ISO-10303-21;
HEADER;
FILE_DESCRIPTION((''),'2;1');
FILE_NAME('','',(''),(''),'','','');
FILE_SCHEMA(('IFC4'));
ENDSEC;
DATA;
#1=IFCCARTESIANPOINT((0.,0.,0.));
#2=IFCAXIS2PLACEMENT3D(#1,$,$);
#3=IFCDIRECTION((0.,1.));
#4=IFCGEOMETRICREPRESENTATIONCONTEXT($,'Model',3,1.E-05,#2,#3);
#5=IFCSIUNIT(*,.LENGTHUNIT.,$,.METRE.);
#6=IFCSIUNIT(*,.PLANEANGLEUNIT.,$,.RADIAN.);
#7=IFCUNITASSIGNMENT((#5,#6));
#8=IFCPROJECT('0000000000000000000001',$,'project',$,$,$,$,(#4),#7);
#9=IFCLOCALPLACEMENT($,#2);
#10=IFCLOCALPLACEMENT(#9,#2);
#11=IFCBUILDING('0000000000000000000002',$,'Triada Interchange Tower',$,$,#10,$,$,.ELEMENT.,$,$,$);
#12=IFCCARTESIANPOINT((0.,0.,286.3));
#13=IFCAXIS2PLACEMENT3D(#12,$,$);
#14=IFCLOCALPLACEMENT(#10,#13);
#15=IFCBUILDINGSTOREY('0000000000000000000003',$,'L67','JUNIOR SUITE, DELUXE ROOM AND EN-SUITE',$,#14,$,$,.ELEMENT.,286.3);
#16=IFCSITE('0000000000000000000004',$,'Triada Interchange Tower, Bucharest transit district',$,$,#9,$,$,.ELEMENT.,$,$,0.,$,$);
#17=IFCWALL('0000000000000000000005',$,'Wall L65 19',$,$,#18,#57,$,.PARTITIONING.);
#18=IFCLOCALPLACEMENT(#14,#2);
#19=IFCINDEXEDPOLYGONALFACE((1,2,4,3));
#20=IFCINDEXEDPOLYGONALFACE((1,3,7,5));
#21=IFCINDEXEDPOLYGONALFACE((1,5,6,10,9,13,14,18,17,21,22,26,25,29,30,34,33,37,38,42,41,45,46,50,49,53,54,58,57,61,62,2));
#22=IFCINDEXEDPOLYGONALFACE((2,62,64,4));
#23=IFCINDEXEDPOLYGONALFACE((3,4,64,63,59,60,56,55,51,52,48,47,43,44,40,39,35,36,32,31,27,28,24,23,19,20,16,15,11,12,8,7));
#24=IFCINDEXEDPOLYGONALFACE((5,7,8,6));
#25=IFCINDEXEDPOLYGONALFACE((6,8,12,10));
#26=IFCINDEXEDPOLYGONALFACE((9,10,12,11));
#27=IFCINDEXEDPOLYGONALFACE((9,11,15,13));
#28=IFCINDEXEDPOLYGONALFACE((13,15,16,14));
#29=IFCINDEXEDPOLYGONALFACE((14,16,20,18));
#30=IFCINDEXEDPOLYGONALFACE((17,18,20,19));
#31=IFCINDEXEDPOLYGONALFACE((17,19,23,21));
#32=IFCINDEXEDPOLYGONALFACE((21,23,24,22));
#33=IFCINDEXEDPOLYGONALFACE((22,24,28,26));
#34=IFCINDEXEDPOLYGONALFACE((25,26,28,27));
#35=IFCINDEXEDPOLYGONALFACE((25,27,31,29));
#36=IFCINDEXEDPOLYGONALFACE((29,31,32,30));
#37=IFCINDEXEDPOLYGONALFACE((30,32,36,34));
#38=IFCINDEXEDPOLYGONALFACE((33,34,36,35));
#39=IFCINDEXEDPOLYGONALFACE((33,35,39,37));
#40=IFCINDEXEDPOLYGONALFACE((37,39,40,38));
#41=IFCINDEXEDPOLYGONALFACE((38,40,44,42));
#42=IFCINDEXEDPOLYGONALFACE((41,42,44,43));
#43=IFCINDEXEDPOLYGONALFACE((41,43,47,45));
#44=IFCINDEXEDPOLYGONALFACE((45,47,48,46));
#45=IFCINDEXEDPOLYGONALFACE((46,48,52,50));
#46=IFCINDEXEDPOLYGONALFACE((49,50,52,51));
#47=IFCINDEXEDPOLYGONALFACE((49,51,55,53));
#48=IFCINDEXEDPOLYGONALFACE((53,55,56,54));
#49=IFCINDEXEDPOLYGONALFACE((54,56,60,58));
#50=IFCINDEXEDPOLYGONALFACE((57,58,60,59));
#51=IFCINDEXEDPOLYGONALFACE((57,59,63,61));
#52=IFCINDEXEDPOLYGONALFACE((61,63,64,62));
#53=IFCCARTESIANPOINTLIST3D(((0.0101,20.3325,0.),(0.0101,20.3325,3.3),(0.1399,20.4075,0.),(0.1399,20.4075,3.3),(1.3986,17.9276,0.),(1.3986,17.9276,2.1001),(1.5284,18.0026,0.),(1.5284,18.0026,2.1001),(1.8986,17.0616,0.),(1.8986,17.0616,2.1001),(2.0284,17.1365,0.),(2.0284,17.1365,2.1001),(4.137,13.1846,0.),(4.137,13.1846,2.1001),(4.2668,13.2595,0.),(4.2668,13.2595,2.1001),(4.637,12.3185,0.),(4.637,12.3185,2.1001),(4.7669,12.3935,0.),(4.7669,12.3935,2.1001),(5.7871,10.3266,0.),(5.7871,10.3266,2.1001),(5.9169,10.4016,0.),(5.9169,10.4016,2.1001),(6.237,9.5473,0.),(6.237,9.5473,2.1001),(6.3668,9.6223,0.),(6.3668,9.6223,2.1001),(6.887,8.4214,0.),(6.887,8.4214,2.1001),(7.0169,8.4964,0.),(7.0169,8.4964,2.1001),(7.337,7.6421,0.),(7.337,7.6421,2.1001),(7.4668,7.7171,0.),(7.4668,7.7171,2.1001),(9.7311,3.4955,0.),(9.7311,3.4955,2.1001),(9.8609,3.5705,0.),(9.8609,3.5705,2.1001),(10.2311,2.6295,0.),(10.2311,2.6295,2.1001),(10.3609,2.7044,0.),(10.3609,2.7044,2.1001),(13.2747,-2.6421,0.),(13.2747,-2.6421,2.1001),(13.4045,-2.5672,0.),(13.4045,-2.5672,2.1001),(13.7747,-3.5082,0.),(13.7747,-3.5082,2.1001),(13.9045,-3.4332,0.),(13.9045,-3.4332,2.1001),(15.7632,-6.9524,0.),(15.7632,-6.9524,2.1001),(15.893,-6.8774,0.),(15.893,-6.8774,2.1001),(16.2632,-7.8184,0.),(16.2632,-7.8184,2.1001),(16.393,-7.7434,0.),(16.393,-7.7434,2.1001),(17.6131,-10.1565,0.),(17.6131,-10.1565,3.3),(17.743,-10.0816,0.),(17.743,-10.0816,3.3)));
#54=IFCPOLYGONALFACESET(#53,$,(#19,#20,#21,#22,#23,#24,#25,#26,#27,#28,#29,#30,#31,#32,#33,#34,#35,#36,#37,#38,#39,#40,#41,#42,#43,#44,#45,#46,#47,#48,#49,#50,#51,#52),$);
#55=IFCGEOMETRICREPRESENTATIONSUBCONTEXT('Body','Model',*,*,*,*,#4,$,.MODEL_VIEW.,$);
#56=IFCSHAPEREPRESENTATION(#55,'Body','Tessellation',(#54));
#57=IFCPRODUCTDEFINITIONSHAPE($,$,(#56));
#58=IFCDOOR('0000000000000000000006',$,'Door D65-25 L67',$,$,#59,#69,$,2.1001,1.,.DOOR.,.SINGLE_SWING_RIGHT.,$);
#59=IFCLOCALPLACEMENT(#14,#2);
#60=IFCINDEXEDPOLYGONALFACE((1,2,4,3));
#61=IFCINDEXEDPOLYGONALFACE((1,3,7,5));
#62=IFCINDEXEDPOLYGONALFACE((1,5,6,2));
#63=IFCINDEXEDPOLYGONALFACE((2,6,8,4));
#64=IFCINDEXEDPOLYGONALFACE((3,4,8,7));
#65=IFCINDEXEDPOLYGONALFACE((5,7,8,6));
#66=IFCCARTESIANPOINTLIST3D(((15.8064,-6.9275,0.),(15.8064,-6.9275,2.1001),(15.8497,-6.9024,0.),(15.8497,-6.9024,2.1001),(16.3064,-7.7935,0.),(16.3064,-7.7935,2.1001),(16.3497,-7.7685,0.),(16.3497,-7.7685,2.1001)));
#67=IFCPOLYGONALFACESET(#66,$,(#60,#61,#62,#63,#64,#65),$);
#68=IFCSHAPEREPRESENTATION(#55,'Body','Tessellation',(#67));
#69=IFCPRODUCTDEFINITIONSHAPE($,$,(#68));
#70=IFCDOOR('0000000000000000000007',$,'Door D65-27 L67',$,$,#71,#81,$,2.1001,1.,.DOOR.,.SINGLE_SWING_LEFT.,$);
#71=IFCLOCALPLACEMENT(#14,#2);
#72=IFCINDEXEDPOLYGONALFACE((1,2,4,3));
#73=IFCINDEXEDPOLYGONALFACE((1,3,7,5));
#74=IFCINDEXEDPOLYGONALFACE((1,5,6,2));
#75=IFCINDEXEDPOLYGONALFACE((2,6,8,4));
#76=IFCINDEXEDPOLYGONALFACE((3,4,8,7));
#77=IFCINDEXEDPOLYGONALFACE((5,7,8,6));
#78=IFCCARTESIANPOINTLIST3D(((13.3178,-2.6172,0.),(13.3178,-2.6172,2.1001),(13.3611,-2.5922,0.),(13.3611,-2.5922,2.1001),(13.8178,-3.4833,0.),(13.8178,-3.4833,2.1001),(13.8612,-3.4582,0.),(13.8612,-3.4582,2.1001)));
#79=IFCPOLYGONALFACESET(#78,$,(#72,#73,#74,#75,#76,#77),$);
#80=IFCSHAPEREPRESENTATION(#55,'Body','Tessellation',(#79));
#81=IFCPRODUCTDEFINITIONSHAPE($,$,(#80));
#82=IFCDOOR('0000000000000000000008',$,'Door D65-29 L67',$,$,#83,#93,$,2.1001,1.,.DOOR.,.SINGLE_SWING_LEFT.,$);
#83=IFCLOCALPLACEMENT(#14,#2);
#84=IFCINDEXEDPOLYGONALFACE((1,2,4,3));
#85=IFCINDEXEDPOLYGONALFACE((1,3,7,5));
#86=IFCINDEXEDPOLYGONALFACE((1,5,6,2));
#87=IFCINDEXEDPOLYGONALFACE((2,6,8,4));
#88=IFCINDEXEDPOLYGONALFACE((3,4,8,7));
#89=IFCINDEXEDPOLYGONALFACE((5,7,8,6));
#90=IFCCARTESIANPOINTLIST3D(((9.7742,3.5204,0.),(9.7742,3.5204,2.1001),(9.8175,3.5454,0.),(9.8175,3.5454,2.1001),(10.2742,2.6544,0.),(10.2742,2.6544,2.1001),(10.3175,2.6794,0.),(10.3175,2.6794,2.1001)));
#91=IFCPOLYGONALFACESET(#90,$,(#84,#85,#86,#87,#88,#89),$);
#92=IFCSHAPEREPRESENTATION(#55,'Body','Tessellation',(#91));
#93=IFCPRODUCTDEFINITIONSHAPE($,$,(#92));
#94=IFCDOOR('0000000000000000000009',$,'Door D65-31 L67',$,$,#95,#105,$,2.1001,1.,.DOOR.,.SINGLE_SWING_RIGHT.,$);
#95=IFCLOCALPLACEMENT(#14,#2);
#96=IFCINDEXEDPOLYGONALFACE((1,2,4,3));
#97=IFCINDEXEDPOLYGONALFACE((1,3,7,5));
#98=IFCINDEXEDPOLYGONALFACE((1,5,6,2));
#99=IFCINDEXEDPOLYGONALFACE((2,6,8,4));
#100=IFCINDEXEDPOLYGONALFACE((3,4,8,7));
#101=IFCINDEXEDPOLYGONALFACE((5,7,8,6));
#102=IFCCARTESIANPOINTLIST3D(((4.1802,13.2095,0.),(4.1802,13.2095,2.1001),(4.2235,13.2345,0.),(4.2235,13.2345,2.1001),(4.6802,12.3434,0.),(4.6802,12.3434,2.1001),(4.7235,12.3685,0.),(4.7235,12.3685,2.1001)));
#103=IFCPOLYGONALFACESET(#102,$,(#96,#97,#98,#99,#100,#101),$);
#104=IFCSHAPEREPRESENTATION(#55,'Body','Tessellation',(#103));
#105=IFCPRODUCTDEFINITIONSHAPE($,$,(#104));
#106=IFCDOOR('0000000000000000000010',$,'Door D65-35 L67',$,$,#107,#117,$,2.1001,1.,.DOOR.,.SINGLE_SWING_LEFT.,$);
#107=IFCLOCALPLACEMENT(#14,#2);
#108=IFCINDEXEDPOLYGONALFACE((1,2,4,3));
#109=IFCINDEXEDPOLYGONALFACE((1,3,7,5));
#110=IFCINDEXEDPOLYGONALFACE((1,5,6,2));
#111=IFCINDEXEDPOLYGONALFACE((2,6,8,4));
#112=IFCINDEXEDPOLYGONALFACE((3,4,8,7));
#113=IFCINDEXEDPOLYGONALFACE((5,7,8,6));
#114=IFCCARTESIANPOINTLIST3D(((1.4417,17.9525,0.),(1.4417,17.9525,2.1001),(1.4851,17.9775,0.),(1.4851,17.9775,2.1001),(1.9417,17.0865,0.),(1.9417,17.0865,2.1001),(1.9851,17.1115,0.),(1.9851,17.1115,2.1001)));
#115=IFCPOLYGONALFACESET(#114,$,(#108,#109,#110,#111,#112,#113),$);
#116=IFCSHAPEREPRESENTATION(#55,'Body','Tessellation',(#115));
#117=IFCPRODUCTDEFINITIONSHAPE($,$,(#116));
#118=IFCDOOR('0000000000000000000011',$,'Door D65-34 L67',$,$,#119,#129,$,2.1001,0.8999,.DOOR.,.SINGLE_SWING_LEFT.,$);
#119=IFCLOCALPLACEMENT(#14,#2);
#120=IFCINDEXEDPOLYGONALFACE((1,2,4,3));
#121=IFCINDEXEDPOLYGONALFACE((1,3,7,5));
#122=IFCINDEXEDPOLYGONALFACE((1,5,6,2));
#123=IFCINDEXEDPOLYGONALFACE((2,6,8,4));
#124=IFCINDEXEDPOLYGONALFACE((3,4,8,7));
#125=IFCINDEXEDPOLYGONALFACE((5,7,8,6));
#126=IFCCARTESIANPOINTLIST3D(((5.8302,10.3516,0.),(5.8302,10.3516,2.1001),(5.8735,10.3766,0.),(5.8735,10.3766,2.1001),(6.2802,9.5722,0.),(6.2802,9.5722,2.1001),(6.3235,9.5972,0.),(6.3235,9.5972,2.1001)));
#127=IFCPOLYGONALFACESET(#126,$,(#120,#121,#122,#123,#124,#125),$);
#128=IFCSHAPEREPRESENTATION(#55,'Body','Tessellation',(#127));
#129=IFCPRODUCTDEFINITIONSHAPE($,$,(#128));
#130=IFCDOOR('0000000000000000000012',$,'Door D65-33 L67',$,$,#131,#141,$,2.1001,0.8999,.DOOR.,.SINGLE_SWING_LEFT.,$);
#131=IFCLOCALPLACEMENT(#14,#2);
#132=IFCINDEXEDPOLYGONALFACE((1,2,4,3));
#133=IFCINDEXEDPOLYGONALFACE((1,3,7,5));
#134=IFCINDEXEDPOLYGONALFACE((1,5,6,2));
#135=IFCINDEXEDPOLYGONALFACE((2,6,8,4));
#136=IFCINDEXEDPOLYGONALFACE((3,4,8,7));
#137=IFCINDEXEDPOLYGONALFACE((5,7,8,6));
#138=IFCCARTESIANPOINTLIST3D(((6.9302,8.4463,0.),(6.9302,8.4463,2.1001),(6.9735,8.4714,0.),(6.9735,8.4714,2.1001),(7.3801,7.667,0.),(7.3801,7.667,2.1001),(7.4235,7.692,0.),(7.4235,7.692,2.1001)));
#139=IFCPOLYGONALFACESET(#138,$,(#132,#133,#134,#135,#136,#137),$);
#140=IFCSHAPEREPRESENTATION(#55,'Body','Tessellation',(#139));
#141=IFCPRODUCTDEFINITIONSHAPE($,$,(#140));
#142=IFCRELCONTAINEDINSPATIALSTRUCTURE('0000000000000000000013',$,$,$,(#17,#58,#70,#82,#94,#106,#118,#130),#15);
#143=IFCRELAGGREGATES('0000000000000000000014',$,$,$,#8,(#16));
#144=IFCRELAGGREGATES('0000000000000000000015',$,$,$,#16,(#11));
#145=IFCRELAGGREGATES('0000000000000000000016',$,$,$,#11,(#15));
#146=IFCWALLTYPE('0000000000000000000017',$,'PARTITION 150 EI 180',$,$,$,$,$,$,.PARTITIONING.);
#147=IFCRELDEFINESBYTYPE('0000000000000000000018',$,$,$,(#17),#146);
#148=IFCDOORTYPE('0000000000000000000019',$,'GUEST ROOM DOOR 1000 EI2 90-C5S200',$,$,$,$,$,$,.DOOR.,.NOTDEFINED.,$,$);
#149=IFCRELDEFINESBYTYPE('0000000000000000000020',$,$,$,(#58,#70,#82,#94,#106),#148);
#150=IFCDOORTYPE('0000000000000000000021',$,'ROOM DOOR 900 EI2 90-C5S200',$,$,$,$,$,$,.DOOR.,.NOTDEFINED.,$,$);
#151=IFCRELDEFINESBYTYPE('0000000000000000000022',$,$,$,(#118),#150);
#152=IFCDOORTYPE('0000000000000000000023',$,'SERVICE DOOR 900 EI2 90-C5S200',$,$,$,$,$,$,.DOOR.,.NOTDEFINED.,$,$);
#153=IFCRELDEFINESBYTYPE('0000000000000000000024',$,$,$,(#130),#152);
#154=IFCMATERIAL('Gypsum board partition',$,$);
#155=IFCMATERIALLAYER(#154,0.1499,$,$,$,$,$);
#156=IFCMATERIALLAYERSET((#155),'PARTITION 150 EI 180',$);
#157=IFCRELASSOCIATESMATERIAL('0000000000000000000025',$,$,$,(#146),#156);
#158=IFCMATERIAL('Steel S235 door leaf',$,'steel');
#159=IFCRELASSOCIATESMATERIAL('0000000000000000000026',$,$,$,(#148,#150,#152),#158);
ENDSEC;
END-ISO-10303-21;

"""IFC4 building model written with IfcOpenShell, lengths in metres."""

from ifc_helpers import new_model, si_unit, direction, frame, frame_2d, origin, place, context, subcontext, project, spatial, rectangle, extrude, material, layer, layer_set, type_object, element, fill, save


model = new_model("IFC4")

# Units and contexts
model_context = context("Model", 3, precision=1e-05, world=origin(), true_north=direction((0.0, 1.0)))
body_context = subcontext(model_context, "Body", "Model", "MODEL_VIEW")
ifc_project = project(units=[si_unit("LENGTHUNIT", "METRE"), si_unit("PLANEANGLEUNIT", "RADIAN")], contexts=[model_context])

# Site, building, storey
site_placement = place(None, origin())
site = spatial("IfcSite", under=ifc_project, at=site_placement, Name="Triada Interchange Tower, Bucharest transit district", CompositionType="ELEMENT", RefElevation=0.0)
building_placement = place(site_placement, origin())
building = spatial("IfcBuilding", under=site, at=building_placement, Name="Triada Interchange Tower", CompositionType="ELEMENT")
storey_placement = place(building_placement, frame((0.0, 0.0, 286.3)))
storey = spatial("IfcBuildingStorey", under=building, at=storey_placement, Name="L67", Description="JUNIOR SUITE, DELUXE ROOM AND EN-SUITE", CompositionType="ELEMENT", Elevation=286.3)

# Shared definitions
ifc_material_1 = material(Name="Gypsum board partition")
ifc_layer_1 = layer(ifc_material_1, 0.1499)
ifc_layer_set_1 = layer_set([ifc_layer_1], Name="PARTITION 150 EI 180")
wall_type_1 = type_object("IfcWallType", Name="PARTITION 150 EI 180", PredefinedType="PARTITIONING", material=ifc_layer_set_1)

# Wall, openings, doors
wall_1_placement = place(storey_placement, frame((0.075, 20.3701, 0.0), z_axis=(0.0, 0.0, 1.0), x_axis=(0.500004, -0.866023, 0.0)))
wall_1 = element("IfcWall", 1, at=wall_1_placement, inside=storey, type_object=wall_type_1, Name="Wall L65 19", PredefinedType="PARTITIONING", context=body_context, shape_type="SweptSolid", body=[
    extrude(rectangle(XDim=35.2058, YDim=0.1499, at=frame_2d((17.603, 0.0))), origin(), (0.0, 0.0, 1.0), 3.3),
])
opening_1_placement = place(wall_1_placement, frame((31.5061, 0.0, 0.0)))
opening_1 = element("IfcOpeningElement", 2, at=opening_1_placement, cuts=wall_1, PredefinedType="OPENING", context=body_context, shape_type="SweptSolid", body=[
    extrude(rectangle(XDim=1.0, YDim=2.1001, at=frame_2d((0.5, 1.05))), frame((0.0, 0.085, 0.0), z_axis=(0.0, -1.0, 0.0), x_axis=(1.0, 0.0, 0.0)), (0.0, 0.0, 1.0), 0.1699),
])
opening_2_placement = place(wall_1_placement, frame((26.5291, 0.0, 0.0)))
opening_2 = element("IfcOpeningElement", 3, at=opening_2_placement, cuts=wall_1, PredefinedType="OPENING", context=body_context, shape_type="SweptSolid", body=[
    extrude(rectangle(XDim=1.0, YDim=2.1001, at=frame_2d((0.5, 1.05))), frame((0.0, 0.085, 0.0), z_axis=(0.0, -1.0, 0.0), x_axis=(1.0, 0.0, 0.0)), (0.0, 0.0, 1.0), 0.1699),
])
opening_3_placement = place(wall_1_placement, frame((19.4419, 0.0, 0.0)))
opening_3 = element("IfcOpeningElement", 4, at=opening_3_placement, cuts=wall_1, PredefinedType="OPENING", context=body_context, shape_type="SweptSolid", body=[
    extrude(rectangle(XDim=1.0, YDim=2.1001, at=frame_2d((0.5, 1.05))), frame((0.0, 0.085, 0.0), z_axis=(0.0, -1.0, 0.0), x_axis=(1.0, 0.0, 0.0)), (0.0, 0.0, 1.0), 0.1699),
])
opening_4_placement = place(wall_1_placement, frame((8.2539, 0.0, 0.0)))
opening_4 = element("IfcOpeningElement", 5, at=opening_4_placement, cuts=wall_1, PredefinedType="OPENING", context=body_context, shape_type="SweptSolid", body=[
    extrude(rectangle(XDim=1.0, YDim=2.1001, at=frame_2d((0.5, 1.05))), frame((0.0, 0.085, 0.0), z_axis=(0.0, -1.0, 0.0), x_axis=(1.0, 0.0, 0.0)), (0.0, 0.0, 1.0), 0.1699),
])
opening_5_placement = place(wall_1_placement, frame((13.7539, 0.0, 0.0)))
opening_5 = element("IfcOpeningElement", 6, at=opening_5_placement, cuts=wall_1, PredefinedType="OPENING", context=body_context, shape_type="SweptSolid", body=[
    extrude(rectangle(XDim=0.8999, YDim=2.1001, at=frame_2d((0.45, 1.05))), frame((0.0, 0.085, 0.0), z_axis=(0.0, -1.0, 0.0), x_axis=(1.0, 0.0, 0.0)), (0.0, 0.0, 1.0), 0.1699),
])
opening_6_placement = place(wall_1_placement, frame((11.554, 0.0, 0.0)))
opening_6 = element("IfcOpeningElement", 7, at=opening_6_placement, cuts=wall_1, PredefinedType="OPENING", context=body_context, shape_type="SweptSolid", body=[
    extrude(rectangle(XDim=0.8999, YDim=2.1001, at=frame_2d((0.45, 1.05))), frame((0.0, 0.085, 0.0), z_axis=(0.0, -1.0, 0.0), x_axis=(1.0, 0.0, 0.0)), (0.0, 0.0, 1.0), 0.1699),
])
opening_7_placement = place(wall_1_placement, frame((2.7771, 0.0, 0.0)))
opening_7 = element("IfcOpeningElement", 8, at=opening_7_placement, cuts=wall_1, PredefinedType="OPENING", context=body_context, shape_type="SweptSolid", body=[
    extrude(rectangle(XDim=1.0, YDim=2.1001, at=frame_2d((0.5, 1.05))), frame((0.0, 0.085, 0.0), z_axis=(0.0, -1.0, 0.0), x_axis=(1.0, 0.0, 0.0)), (0.0, 0.0, 1.0), 0.1699),
])
ifc_material_2 = material(Name="Steel S235 door leaf", Category="steel")
door_type_1 = type_object("IfcDoorType", Name="GUEST ROOM DOOR 1000 EI2 90-C5S200", OperationType="NOTDEFINED", PredefinedType="DOOR", material=ifc_material_2)
door_1_placement = place(opening_1_placement, origin())
door_1 = element("IfcDoor", 9, at=door_1_placement, inside=storey, type_object=door_type_1, Name="Door D65-25 L67", OperationType="SINGLE_SWING_RIGHT", OverallHeight=2.1001, OverallWidth=1.0, PredefinedType="DOOR", context=body_context, shape_type="SweptSolid", body=[
    extrude(rectangle(XDim=1.0, YDim=2.1001, at=frame_2d((0.5, 1.05))), frame((0.0, 0.0249, 0.0), z_axis=(0.0, -1.0, 0.0), x_axis=(1.0, 0.0, 0.0)), (0.0, 0.0, 1.0), 0.05),
])
fill(opening_1, door_1)
door_2_placement = place(opening_2_placement, origin())
door_2 = element("IfcDoor", 10, at=door_2_placement, inside=storey, type_object=door_type_1, Name="Door D65-27 L67", OperationType="SINGLE_SWING_LEFT", OverallHeight=2.1001, OverallWidth=1.0, PredefinedType="DOOR", context=body_context, shape_type="SweptSolid", body=[
    extrude(rectangle(XDim=1.0, YDim=2.1001, at=frame_2d((0.5, 1.05))), frame((0.0, 0.0249, 0.0), z_axis=(0.0, -1.0, 0.0), x_axis=(1.0, 0.0, 0.0)), (0.0, 0.0, 1.0), 0.05),
])
fill(opening_2, door_2)
door_3_placement = place(opening_3_placement, origin())
door_3 = element("IfcDoor", 11, at=door_3_placement, inside=storey, type_object=door_type_1, Name="Door D65-29 L67", OperationType="SINGLE_SWING_LEFT", OverallHeight=2.1001, OverallWidth=1.0, PredefinedType="DOOR", context=body_context, shape_type="SweptSolid", body=[
    extrude(rectangle(XDim=1.0, YDim=2.1001, at=frame_2d((0.5, 1.05))), frame((0.0, 0.0249, 0.0), z_axis=(0.0, -1.0, 0.0), x_axis=(1.0, 0.0, 0.0)), (0.0, 0.0, 1.0), 0.05),
])
fill(opening_3, door_3)
door_4_placement = place(opening_4_placement, origin())
door_4 = element("IfcDoor", 12, at=door_4_placement, inside=storey, type_object=door_type_1, Name="Door D65-31 L67", OperationType="SINGLE_SWING_RIGHT", OverallHeight=2.1001, OverallWidth=1.0, PredefinedType="DOOR", context=body_context, shape_type="SweptSolid", body=[
    extrude(rectangle(XDim=1.0, YDim=2.1001, at=frame_2d((0.5, 1.05))), frame((0.0, 0.0249, 0.0), z_axis=(0.0, -1.0, 0.0), x_axis=(1.0, 0.0, 0.0)), (0.0, 0.0, 1.0), 0.05),
])
fill(opening_4, door_4)
door_5_placement = place(opening_7_placement, origin())
door_5 = element("IfcDoor", 13, at=door_5_placement, inside=storey, type_object=door_type_1, Name="Door D65-35 L67", OperationType="SINGLE_SWING_LEFT", OverallHeight=2.1001, OverallWidth=1.0, PredefinedType="DOOR", context=body_context, shape_type="SweptSolid", body=[
    extrude(rectangle(XDim=1.0, YDim=2.1001, at=frame_2d((0.5, 1.05))), frame((0.0, 0.0249, 0.0), z_axis=(0.0, -1.0, 0.0), x_axis=(1.0, 0.0, 0.0)), (0.0, 0.0, 1.0), 0.05),
])
fill(opening_7, door_5)
door_type_2 = type_object("IfcDoorType", Name="ROOM DOOR 900 EI2 90-C5S200", OperationType="NOTDEFINED", PredefinedType="DOOR", material=ifc_material_2)
door_6_placement = place(opening_6_placement, origin())
door_6 = element("IfcDoor", 14, at=door_6_placement, inside=storey, type_object=door_type_2, Name="Door D65-34 L67", OperationType="SINGLE_SWING_LEFT", OverallHeight=2.1001, OverallWidth=0.8999, PredefinedType="DOOR", context=body_context, shape_type="SweptSolid", body=[
    extrude(rectangle(XDim=0.8999, YDim=2.1001, at=frame_2d((0.45, 1.05))), frame((0.0, 0.0249, 0.0), z_axis=(0.0, -1.0, 0.0), x_axis=(1.0, 0.0, 0.0)), (0.0, 0.0, 1.0), 0.05),
])
fill(opening_6, door_6)
door_type_3 = type_object("IfcDoorType", Name="SERVICE DOOR 900 EI2 90-C5S200", OperationType="NOTDEFINED", PredefinedType="DOOR", material=ifc_material_2)
door_7_placement = place(opening_5_placement, origin())
door_7 = element("IfcDoor", 15, at=door_7_placement, inside=storey, type_object=door_type_3, Name="Door D65-33 L67", OperationType="SINGLE_SWING_LEFT", OverallHeight=2.1001, OverallWidth=0.8999, PredefinedType="DOOR", context=body_context, shape_type="SweptSolid", body=[
    extrude(rectangle(XDim=0.8999, YDim=2.1001, at=frame_2d((0.45, 1.05))), frame((0.0, 0.0249, 0.0), z_axis=(0.0, -1.0, 0.0), x_axis=(1.0, 0.0, 0.0)), (0.0, 0.0, 1.0), 0.05),
])
fill(opening_5, door_7)

save(model, "model.ifc")
